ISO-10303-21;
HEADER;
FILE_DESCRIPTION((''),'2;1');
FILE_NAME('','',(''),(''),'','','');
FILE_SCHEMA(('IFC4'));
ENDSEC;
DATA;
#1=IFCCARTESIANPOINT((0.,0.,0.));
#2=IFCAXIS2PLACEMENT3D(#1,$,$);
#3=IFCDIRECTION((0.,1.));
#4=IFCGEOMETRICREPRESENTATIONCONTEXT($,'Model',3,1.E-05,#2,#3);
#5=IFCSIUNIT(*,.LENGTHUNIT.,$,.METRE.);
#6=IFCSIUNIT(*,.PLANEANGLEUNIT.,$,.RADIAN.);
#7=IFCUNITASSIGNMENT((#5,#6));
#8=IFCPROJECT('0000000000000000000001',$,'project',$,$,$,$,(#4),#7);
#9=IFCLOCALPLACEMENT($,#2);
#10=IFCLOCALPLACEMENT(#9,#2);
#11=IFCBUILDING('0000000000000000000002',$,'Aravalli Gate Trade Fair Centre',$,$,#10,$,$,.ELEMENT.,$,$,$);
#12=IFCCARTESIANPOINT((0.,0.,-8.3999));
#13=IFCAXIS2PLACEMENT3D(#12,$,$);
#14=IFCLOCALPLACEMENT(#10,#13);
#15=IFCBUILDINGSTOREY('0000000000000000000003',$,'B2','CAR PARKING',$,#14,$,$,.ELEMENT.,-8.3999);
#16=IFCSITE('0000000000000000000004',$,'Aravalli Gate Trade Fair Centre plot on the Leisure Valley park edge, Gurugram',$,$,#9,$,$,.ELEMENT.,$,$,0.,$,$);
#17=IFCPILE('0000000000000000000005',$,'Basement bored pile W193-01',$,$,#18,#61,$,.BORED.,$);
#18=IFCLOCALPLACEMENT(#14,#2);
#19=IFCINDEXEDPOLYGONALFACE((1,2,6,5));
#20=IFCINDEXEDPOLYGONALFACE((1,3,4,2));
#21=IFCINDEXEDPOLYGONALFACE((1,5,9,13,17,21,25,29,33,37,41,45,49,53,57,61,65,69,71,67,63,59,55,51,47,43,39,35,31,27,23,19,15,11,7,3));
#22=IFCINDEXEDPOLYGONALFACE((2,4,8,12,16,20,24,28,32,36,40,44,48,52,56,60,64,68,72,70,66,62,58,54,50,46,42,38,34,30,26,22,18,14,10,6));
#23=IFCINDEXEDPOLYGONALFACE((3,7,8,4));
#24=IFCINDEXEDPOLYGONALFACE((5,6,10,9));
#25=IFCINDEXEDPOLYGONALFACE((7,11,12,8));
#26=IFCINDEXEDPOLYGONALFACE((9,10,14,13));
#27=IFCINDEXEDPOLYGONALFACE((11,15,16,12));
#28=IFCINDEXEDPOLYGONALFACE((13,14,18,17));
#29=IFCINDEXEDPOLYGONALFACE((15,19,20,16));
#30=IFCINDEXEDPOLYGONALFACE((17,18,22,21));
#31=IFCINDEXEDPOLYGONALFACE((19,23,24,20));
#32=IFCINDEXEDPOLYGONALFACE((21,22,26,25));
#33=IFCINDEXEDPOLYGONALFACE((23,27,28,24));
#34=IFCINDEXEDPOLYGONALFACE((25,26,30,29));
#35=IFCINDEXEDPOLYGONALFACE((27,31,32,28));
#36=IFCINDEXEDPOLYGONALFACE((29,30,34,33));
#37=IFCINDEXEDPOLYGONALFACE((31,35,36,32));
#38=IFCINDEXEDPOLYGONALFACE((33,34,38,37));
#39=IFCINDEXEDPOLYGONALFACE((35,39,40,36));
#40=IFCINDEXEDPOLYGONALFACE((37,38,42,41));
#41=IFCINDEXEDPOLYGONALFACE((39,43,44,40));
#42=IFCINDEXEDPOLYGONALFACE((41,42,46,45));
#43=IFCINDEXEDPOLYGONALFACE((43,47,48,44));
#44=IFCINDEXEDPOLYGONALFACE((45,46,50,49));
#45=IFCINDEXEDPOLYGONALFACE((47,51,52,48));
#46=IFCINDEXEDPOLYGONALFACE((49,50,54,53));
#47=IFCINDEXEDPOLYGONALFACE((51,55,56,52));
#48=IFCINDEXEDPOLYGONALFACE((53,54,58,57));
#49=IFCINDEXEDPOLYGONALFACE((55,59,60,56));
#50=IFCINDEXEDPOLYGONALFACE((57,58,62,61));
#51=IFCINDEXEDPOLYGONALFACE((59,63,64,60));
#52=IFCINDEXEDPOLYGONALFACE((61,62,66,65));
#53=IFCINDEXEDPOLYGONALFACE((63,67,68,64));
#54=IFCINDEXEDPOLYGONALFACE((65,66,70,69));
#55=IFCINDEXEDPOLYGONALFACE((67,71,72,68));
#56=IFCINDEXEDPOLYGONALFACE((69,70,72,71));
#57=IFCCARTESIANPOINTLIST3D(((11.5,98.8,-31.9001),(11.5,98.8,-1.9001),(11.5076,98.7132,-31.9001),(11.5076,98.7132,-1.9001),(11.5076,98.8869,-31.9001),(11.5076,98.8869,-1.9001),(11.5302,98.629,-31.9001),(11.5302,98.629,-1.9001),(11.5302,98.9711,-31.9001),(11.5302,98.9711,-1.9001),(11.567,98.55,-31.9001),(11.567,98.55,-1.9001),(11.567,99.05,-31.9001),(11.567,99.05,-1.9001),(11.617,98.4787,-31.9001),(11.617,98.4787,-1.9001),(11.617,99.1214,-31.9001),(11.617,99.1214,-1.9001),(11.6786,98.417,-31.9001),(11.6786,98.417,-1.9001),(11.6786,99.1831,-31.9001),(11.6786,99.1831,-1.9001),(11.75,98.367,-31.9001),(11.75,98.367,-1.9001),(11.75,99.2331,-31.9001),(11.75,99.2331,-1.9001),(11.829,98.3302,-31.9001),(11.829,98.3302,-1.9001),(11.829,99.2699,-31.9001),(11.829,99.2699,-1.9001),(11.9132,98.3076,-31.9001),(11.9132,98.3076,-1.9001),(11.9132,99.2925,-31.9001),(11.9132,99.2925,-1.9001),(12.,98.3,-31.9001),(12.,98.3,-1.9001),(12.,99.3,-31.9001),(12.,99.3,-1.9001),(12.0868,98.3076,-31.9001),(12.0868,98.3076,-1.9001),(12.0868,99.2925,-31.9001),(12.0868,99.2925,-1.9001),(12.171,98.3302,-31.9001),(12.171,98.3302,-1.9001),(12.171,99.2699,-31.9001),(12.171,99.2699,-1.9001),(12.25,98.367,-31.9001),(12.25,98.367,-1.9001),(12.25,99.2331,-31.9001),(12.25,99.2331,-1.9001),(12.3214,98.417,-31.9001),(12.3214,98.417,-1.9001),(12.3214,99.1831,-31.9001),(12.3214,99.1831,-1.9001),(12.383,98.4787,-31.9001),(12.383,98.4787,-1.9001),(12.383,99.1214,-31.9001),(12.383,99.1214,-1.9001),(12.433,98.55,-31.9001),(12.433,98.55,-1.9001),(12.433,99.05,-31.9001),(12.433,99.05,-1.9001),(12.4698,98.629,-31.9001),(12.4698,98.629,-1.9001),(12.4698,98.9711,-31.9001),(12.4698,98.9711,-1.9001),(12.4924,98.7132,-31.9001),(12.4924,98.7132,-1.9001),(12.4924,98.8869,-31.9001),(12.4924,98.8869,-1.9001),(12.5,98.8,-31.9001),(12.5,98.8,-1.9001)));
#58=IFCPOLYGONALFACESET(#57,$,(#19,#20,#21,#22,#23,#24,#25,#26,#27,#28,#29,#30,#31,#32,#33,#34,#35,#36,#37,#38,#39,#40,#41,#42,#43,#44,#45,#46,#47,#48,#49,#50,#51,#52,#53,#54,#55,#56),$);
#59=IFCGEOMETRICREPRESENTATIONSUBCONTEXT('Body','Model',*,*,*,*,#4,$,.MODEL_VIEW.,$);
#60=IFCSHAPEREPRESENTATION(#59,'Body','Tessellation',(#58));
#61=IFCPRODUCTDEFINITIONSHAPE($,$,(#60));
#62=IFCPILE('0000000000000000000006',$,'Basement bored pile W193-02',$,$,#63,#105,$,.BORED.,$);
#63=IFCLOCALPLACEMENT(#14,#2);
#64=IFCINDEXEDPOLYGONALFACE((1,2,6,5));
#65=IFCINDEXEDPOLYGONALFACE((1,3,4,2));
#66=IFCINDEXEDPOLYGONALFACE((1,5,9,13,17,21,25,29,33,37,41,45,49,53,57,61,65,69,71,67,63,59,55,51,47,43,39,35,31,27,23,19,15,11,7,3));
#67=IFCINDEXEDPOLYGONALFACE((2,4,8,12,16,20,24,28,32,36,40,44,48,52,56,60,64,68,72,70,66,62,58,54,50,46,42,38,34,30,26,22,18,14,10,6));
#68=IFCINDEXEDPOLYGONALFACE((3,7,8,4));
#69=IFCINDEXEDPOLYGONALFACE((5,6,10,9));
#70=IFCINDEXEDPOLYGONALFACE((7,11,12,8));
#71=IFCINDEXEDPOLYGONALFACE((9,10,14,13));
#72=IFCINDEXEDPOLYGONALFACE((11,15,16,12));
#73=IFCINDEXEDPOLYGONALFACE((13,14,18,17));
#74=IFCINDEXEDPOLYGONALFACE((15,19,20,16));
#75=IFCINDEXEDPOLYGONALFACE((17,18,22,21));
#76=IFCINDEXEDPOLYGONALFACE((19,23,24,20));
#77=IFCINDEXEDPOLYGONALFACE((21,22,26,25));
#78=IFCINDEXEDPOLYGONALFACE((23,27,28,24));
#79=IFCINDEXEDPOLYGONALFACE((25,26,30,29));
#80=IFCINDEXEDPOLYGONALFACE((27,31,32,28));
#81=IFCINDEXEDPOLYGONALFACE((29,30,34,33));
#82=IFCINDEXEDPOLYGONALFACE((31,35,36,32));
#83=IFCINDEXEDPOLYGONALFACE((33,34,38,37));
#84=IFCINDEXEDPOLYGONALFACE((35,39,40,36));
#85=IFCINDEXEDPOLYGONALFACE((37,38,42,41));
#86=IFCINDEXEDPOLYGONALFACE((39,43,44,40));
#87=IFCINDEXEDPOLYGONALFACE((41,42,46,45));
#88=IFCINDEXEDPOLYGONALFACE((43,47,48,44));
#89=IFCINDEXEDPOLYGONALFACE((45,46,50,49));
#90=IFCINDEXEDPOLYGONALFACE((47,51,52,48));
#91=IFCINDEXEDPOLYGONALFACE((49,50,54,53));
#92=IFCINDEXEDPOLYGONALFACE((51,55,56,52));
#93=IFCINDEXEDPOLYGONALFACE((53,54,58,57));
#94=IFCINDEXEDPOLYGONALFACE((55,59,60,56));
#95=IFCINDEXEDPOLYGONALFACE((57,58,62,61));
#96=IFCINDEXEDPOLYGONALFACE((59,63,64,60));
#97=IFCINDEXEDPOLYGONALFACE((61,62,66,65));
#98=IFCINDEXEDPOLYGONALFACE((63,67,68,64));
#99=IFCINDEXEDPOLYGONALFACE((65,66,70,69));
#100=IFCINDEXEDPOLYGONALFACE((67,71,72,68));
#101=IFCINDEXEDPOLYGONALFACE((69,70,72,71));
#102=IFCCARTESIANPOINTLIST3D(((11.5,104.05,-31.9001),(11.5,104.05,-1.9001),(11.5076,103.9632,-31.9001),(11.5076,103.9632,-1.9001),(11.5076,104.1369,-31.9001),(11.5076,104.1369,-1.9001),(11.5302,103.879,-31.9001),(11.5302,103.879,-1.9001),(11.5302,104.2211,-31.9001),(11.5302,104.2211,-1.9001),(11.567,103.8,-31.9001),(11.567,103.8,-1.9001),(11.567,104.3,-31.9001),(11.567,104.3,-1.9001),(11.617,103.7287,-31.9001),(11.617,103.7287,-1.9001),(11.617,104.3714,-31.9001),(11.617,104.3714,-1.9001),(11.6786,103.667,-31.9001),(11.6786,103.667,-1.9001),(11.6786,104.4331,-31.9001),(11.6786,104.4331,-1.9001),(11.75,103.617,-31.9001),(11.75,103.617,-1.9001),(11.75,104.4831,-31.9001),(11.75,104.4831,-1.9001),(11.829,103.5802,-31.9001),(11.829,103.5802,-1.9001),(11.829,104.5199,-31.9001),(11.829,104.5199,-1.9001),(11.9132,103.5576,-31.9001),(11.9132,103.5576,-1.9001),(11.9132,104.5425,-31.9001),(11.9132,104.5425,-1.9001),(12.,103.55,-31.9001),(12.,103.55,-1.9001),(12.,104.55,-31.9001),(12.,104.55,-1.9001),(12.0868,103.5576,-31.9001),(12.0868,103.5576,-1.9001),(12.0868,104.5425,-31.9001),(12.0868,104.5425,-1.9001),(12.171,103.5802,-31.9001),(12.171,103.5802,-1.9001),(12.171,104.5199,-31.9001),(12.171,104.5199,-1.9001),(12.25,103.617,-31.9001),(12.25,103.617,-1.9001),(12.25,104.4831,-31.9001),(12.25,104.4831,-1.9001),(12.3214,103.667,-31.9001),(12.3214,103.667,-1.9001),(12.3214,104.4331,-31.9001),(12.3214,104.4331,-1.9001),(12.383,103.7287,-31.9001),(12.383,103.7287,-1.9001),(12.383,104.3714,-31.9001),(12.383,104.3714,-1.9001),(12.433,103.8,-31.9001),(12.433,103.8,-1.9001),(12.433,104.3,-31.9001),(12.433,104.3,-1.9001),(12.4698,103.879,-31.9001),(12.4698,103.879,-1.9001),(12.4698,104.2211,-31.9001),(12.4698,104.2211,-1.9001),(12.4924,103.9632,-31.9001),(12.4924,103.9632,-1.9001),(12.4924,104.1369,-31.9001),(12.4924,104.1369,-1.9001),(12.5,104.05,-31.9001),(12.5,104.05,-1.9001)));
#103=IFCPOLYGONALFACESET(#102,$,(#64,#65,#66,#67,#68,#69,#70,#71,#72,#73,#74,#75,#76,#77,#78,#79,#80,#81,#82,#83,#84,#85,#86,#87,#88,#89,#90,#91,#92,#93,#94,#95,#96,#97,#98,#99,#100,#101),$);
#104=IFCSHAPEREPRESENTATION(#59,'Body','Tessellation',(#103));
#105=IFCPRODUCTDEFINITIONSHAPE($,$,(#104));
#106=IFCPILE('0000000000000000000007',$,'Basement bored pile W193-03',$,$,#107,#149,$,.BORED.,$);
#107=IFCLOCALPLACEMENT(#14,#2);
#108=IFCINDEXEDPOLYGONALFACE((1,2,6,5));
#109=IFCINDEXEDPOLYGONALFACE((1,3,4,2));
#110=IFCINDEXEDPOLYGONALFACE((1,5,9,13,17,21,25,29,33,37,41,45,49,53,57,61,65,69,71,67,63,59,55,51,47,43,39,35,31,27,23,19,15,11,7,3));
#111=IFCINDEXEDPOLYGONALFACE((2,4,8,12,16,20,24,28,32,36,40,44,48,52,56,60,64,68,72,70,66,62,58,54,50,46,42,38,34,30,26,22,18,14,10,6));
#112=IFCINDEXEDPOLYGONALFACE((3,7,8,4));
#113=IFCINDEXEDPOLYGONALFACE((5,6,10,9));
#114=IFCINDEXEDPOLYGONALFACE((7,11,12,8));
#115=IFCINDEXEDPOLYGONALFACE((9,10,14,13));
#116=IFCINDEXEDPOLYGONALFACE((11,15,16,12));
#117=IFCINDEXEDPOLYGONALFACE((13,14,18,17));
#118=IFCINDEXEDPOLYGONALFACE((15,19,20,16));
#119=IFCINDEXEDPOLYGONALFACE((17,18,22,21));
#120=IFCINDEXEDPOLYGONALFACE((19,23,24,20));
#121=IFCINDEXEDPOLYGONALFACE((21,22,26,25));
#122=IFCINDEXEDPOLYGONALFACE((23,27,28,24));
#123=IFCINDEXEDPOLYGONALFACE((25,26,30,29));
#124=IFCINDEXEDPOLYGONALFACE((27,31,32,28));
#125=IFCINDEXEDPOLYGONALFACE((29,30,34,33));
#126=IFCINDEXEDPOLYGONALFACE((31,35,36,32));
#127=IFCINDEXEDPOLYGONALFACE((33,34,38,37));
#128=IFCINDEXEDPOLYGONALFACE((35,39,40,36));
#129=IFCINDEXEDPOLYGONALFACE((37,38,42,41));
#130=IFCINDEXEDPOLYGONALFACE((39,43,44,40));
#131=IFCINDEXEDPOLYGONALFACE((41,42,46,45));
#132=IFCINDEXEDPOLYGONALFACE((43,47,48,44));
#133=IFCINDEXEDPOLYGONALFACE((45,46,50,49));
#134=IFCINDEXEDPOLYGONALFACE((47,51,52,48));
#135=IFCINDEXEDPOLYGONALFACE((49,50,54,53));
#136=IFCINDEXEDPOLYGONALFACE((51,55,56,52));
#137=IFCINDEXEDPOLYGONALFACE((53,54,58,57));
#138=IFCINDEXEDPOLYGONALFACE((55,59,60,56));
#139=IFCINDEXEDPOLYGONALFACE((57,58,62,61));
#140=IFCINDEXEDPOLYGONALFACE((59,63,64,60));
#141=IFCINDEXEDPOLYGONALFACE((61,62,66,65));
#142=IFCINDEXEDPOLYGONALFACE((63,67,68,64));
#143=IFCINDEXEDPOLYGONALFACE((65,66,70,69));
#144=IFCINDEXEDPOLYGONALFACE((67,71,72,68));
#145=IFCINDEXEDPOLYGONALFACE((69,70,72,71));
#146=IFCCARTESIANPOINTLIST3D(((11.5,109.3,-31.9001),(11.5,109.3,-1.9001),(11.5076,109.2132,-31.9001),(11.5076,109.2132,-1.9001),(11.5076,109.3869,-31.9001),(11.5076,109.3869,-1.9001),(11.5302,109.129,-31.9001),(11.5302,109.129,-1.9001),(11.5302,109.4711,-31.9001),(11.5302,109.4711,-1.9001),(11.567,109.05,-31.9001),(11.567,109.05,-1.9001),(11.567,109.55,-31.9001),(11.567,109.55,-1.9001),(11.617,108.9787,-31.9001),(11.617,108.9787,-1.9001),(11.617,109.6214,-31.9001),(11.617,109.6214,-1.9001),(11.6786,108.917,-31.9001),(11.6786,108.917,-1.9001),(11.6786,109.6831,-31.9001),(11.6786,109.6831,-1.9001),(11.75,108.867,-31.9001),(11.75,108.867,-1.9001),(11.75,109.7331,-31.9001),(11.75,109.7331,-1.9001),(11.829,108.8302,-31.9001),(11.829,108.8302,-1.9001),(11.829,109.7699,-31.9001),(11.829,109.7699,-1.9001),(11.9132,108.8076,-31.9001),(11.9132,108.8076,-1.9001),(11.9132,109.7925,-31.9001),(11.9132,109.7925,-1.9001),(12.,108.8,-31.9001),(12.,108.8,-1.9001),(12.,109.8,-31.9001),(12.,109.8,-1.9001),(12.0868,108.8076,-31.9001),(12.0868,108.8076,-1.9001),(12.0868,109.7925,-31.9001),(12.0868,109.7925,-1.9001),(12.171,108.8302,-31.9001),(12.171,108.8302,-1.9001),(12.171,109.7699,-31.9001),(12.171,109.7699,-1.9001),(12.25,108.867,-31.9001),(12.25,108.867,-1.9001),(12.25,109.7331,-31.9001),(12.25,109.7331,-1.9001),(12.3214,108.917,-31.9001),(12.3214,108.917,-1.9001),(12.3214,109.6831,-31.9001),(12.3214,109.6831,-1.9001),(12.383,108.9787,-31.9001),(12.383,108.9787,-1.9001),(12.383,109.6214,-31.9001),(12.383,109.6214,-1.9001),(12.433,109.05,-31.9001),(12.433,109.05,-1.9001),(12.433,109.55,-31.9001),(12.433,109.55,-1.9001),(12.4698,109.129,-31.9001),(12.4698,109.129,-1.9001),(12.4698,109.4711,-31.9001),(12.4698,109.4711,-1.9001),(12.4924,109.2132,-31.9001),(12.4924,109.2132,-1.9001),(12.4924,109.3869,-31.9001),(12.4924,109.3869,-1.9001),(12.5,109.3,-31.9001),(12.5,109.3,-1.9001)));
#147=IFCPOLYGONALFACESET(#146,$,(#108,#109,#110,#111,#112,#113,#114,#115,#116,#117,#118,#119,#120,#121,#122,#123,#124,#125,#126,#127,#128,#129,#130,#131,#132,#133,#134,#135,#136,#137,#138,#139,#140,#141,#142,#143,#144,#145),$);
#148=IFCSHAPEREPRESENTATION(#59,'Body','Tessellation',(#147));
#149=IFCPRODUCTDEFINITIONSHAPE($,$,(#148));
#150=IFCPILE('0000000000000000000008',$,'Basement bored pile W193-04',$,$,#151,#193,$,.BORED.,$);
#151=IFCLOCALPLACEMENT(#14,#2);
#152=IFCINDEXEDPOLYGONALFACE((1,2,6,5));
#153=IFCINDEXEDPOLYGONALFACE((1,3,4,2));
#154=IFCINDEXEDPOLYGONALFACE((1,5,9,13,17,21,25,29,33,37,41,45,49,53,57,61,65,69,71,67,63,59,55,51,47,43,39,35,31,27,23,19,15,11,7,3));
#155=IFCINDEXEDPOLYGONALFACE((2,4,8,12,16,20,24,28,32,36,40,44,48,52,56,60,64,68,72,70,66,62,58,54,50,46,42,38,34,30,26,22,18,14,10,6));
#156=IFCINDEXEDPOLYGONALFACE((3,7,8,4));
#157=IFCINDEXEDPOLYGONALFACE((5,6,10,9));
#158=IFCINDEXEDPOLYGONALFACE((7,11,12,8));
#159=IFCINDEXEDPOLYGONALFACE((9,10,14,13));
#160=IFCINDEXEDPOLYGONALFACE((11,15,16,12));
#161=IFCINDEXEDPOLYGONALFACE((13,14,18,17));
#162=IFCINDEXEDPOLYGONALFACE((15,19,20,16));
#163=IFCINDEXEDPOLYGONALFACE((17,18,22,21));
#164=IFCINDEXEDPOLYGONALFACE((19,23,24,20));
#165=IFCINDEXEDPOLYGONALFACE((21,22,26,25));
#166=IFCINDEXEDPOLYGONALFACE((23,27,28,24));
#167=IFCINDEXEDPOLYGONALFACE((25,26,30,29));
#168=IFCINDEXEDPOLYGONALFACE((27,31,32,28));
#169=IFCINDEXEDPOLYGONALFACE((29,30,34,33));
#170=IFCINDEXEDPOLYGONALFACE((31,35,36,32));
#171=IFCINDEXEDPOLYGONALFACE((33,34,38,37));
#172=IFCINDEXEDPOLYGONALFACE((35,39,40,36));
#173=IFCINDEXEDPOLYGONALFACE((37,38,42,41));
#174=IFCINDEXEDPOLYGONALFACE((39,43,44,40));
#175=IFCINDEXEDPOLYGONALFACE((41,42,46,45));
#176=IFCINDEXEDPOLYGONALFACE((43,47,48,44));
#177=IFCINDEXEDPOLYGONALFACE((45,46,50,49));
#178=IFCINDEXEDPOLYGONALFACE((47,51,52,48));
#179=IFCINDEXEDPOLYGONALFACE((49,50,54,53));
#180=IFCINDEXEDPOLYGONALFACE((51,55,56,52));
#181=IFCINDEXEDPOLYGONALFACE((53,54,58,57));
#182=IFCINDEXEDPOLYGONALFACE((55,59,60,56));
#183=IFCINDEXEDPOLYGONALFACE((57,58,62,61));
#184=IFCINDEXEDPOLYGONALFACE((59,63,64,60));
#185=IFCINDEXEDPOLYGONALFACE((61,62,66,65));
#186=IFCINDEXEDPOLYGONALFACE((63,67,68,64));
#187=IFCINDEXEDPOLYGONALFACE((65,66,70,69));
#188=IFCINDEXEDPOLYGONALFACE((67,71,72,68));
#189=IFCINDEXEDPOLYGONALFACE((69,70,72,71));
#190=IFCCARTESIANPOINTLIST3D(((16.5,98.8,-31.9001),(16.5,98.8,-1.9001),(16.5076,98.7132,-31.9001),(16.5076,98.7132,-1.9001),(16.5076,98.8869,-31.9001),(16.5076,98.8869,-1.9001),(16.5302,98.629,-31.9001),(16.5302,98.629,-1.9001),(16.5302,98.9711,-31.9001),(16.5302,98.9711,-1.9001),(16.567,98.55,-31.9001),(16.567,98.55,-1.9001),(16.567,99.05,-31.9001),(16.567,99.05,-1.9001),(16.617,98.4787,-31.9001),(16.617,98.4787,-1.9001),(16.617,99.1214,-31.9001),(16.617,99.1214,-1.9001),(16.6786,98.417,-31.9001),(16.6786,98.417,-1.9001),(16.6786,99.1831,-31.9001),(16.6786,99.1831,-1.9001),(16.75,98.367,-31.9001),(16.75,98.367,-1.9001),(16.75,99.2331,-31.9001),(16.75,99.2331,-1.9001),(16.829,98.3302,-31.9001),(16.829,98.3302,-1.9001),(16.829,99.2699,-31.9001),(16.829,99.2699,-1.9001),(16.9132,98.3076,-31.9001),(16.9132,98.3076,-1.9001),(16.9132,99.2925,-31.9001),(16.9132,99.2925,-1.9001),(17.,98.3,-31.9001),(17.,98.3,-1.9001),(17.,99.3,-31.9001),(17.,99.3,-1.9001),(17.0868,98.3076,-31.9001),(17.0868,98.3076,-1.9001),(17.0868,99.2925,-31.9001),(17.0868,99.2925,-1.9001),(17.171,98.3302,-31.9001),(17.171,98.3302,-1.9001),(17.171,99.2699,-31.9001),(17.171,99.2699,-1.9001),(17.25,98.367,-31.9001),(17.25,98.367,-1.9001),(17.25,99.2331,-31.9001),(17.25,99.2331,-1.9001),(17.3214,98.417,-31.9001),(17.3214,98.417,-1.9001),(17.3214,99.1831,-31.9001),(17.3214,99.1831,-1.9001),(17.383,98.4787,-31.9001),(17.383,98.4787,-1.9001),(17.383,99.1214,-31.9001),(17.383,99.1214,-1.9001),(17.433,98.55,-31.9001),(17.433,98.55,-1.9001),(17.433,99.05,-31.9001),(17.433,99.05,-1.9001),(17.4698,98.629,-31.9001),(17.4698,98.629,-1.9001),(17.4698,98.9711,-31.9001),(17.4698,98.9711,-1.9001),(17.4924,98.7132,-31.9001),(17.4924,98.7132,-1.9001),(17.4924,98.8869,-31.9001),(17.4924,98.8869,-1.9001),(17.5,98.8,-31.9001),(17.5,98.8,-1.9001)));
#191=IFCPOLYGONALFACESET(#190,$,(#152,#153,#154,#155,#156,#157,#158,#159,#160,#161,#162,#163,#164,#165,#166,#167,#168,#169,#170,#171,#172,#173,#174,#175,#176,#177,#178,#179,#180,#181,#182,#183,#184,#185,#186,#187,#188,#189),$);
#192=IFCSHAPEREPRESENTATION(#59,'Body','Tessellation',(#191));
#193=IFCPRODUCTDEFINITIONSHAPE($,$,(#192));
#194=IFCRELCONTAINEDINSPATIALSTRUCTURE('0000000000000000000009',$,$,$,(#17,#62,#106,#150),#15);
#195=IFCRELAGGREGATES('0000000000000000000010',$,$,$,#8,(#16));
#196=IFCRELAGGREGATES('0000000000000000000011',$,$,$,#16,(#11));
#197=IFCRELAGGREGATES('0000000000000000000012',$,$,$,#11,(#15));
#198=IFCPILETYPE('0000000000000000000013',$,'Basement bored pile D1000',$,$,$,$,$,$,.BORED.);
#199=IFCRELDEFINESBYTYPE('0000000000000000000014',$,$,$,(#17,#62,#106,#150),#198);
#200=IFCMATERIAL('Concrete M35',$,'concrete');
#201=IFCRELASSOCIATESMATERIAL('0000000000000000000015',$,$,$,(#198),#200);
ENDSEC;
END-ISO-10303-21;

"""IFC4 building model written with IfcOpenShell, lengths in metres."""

from ifc_helpers import new_model, si_unit, direction, frame, origin, origin_2d, place, context, subcontext, project, spatial, circle, extrude, material, material_profile, profile_set, type_object, element, save


model = new_model("IFC4")

# Units and contexts
model_context = context("Model", 3, precision=1e-05, world=origin(), true_north=direction((0.0, 1.0)))
body_context = subcontext(model_context, "Body", "Model", "MODEL_VIEW")
ifc_project = project(units=[si_unit("LENGTHUNIT", "METRE"), si_unit("PLANEANGLEUNIT", "RADIAN")], contexts=[model_context])

# Site, building, storey
site_placement = place(None, origin())
site = spatial("IfcSite", under=ifc_project, at=site_placement, Name="Aravalli Gate Trade Fair Centre plot on the Leisure Valley park edge, Gurugram", CompositionType="ELEMENT", RefElevation=0.0)
building_placement = place(site_placement, origin())
building = spatial("IfcBuilding", under=site, at=building_placement, Name="Aravalli Gate Trade Fair Centre", CompositionType="ELEMENT")
storey_placement = place(building_placement, frame((0.0, 0.0, -8.3999)))
storey = spatial("IfcBuildingStorey", under=building, at=storey_placement, Name="B2", Description="CAR PARKING", CompositionType="ELEMENT", Elevation=-8.3999)

# Piles
ifc_material_1 = material(Name="Concrete M35", Category="concrete")
ifc_material_profile_1 = material_profile(ifc_material_1, circle(Radius=0.5, at=origin_2d()), Name="D1000")
ifc_profile_set_1 = profile_set([ifc_material_profile_1], Name="Concrete M35")
pile_type = type_object("IfcPileType", Name="Basement bored pile D1000", PredefinedType="BORED", material=ifc_profile_set_1)
for number, where, z_axis, x_axis, name in (
    (1, (12.0, 98.8, -1.9001), (0.0, 0.0, -1.0), (1.0, 0.0, 0.0), "Basement bored pile W193-01"),
    (2, (12.0, 104.05, -1.9001), (0.0, 0.0, -1.0), (1.0, 0.0, 0.0), "Basement bored pile W193-02"),
    (3, (12.0, 109.3, -1.9001), (0.0, 0.0, -1.0), (1.0, 0.0, 0.0), "Basement bored pile W193-03"),
    (4, (17.0, 98.8, -1.9001), (0.0, 0.0, -1.0), (1.0, 0.0, 0.0), "Basement bored pile W193-04"),
):
    element("IfcPile", number, at=place(storey_placement, frame(where, z_axis=z_axis, x_axis=x_axis)), inside=storey, type_object=pile_type, Name=name, PredefinedType="BORED", context=body_context, shape_type="SweptSolid", body=[
        extrude(circle(Radius=0.5, at=origin_2d()), origin(), (0.0, 0.0, 1.0), 30.0),
    ])

save(model, "model.ifc")
